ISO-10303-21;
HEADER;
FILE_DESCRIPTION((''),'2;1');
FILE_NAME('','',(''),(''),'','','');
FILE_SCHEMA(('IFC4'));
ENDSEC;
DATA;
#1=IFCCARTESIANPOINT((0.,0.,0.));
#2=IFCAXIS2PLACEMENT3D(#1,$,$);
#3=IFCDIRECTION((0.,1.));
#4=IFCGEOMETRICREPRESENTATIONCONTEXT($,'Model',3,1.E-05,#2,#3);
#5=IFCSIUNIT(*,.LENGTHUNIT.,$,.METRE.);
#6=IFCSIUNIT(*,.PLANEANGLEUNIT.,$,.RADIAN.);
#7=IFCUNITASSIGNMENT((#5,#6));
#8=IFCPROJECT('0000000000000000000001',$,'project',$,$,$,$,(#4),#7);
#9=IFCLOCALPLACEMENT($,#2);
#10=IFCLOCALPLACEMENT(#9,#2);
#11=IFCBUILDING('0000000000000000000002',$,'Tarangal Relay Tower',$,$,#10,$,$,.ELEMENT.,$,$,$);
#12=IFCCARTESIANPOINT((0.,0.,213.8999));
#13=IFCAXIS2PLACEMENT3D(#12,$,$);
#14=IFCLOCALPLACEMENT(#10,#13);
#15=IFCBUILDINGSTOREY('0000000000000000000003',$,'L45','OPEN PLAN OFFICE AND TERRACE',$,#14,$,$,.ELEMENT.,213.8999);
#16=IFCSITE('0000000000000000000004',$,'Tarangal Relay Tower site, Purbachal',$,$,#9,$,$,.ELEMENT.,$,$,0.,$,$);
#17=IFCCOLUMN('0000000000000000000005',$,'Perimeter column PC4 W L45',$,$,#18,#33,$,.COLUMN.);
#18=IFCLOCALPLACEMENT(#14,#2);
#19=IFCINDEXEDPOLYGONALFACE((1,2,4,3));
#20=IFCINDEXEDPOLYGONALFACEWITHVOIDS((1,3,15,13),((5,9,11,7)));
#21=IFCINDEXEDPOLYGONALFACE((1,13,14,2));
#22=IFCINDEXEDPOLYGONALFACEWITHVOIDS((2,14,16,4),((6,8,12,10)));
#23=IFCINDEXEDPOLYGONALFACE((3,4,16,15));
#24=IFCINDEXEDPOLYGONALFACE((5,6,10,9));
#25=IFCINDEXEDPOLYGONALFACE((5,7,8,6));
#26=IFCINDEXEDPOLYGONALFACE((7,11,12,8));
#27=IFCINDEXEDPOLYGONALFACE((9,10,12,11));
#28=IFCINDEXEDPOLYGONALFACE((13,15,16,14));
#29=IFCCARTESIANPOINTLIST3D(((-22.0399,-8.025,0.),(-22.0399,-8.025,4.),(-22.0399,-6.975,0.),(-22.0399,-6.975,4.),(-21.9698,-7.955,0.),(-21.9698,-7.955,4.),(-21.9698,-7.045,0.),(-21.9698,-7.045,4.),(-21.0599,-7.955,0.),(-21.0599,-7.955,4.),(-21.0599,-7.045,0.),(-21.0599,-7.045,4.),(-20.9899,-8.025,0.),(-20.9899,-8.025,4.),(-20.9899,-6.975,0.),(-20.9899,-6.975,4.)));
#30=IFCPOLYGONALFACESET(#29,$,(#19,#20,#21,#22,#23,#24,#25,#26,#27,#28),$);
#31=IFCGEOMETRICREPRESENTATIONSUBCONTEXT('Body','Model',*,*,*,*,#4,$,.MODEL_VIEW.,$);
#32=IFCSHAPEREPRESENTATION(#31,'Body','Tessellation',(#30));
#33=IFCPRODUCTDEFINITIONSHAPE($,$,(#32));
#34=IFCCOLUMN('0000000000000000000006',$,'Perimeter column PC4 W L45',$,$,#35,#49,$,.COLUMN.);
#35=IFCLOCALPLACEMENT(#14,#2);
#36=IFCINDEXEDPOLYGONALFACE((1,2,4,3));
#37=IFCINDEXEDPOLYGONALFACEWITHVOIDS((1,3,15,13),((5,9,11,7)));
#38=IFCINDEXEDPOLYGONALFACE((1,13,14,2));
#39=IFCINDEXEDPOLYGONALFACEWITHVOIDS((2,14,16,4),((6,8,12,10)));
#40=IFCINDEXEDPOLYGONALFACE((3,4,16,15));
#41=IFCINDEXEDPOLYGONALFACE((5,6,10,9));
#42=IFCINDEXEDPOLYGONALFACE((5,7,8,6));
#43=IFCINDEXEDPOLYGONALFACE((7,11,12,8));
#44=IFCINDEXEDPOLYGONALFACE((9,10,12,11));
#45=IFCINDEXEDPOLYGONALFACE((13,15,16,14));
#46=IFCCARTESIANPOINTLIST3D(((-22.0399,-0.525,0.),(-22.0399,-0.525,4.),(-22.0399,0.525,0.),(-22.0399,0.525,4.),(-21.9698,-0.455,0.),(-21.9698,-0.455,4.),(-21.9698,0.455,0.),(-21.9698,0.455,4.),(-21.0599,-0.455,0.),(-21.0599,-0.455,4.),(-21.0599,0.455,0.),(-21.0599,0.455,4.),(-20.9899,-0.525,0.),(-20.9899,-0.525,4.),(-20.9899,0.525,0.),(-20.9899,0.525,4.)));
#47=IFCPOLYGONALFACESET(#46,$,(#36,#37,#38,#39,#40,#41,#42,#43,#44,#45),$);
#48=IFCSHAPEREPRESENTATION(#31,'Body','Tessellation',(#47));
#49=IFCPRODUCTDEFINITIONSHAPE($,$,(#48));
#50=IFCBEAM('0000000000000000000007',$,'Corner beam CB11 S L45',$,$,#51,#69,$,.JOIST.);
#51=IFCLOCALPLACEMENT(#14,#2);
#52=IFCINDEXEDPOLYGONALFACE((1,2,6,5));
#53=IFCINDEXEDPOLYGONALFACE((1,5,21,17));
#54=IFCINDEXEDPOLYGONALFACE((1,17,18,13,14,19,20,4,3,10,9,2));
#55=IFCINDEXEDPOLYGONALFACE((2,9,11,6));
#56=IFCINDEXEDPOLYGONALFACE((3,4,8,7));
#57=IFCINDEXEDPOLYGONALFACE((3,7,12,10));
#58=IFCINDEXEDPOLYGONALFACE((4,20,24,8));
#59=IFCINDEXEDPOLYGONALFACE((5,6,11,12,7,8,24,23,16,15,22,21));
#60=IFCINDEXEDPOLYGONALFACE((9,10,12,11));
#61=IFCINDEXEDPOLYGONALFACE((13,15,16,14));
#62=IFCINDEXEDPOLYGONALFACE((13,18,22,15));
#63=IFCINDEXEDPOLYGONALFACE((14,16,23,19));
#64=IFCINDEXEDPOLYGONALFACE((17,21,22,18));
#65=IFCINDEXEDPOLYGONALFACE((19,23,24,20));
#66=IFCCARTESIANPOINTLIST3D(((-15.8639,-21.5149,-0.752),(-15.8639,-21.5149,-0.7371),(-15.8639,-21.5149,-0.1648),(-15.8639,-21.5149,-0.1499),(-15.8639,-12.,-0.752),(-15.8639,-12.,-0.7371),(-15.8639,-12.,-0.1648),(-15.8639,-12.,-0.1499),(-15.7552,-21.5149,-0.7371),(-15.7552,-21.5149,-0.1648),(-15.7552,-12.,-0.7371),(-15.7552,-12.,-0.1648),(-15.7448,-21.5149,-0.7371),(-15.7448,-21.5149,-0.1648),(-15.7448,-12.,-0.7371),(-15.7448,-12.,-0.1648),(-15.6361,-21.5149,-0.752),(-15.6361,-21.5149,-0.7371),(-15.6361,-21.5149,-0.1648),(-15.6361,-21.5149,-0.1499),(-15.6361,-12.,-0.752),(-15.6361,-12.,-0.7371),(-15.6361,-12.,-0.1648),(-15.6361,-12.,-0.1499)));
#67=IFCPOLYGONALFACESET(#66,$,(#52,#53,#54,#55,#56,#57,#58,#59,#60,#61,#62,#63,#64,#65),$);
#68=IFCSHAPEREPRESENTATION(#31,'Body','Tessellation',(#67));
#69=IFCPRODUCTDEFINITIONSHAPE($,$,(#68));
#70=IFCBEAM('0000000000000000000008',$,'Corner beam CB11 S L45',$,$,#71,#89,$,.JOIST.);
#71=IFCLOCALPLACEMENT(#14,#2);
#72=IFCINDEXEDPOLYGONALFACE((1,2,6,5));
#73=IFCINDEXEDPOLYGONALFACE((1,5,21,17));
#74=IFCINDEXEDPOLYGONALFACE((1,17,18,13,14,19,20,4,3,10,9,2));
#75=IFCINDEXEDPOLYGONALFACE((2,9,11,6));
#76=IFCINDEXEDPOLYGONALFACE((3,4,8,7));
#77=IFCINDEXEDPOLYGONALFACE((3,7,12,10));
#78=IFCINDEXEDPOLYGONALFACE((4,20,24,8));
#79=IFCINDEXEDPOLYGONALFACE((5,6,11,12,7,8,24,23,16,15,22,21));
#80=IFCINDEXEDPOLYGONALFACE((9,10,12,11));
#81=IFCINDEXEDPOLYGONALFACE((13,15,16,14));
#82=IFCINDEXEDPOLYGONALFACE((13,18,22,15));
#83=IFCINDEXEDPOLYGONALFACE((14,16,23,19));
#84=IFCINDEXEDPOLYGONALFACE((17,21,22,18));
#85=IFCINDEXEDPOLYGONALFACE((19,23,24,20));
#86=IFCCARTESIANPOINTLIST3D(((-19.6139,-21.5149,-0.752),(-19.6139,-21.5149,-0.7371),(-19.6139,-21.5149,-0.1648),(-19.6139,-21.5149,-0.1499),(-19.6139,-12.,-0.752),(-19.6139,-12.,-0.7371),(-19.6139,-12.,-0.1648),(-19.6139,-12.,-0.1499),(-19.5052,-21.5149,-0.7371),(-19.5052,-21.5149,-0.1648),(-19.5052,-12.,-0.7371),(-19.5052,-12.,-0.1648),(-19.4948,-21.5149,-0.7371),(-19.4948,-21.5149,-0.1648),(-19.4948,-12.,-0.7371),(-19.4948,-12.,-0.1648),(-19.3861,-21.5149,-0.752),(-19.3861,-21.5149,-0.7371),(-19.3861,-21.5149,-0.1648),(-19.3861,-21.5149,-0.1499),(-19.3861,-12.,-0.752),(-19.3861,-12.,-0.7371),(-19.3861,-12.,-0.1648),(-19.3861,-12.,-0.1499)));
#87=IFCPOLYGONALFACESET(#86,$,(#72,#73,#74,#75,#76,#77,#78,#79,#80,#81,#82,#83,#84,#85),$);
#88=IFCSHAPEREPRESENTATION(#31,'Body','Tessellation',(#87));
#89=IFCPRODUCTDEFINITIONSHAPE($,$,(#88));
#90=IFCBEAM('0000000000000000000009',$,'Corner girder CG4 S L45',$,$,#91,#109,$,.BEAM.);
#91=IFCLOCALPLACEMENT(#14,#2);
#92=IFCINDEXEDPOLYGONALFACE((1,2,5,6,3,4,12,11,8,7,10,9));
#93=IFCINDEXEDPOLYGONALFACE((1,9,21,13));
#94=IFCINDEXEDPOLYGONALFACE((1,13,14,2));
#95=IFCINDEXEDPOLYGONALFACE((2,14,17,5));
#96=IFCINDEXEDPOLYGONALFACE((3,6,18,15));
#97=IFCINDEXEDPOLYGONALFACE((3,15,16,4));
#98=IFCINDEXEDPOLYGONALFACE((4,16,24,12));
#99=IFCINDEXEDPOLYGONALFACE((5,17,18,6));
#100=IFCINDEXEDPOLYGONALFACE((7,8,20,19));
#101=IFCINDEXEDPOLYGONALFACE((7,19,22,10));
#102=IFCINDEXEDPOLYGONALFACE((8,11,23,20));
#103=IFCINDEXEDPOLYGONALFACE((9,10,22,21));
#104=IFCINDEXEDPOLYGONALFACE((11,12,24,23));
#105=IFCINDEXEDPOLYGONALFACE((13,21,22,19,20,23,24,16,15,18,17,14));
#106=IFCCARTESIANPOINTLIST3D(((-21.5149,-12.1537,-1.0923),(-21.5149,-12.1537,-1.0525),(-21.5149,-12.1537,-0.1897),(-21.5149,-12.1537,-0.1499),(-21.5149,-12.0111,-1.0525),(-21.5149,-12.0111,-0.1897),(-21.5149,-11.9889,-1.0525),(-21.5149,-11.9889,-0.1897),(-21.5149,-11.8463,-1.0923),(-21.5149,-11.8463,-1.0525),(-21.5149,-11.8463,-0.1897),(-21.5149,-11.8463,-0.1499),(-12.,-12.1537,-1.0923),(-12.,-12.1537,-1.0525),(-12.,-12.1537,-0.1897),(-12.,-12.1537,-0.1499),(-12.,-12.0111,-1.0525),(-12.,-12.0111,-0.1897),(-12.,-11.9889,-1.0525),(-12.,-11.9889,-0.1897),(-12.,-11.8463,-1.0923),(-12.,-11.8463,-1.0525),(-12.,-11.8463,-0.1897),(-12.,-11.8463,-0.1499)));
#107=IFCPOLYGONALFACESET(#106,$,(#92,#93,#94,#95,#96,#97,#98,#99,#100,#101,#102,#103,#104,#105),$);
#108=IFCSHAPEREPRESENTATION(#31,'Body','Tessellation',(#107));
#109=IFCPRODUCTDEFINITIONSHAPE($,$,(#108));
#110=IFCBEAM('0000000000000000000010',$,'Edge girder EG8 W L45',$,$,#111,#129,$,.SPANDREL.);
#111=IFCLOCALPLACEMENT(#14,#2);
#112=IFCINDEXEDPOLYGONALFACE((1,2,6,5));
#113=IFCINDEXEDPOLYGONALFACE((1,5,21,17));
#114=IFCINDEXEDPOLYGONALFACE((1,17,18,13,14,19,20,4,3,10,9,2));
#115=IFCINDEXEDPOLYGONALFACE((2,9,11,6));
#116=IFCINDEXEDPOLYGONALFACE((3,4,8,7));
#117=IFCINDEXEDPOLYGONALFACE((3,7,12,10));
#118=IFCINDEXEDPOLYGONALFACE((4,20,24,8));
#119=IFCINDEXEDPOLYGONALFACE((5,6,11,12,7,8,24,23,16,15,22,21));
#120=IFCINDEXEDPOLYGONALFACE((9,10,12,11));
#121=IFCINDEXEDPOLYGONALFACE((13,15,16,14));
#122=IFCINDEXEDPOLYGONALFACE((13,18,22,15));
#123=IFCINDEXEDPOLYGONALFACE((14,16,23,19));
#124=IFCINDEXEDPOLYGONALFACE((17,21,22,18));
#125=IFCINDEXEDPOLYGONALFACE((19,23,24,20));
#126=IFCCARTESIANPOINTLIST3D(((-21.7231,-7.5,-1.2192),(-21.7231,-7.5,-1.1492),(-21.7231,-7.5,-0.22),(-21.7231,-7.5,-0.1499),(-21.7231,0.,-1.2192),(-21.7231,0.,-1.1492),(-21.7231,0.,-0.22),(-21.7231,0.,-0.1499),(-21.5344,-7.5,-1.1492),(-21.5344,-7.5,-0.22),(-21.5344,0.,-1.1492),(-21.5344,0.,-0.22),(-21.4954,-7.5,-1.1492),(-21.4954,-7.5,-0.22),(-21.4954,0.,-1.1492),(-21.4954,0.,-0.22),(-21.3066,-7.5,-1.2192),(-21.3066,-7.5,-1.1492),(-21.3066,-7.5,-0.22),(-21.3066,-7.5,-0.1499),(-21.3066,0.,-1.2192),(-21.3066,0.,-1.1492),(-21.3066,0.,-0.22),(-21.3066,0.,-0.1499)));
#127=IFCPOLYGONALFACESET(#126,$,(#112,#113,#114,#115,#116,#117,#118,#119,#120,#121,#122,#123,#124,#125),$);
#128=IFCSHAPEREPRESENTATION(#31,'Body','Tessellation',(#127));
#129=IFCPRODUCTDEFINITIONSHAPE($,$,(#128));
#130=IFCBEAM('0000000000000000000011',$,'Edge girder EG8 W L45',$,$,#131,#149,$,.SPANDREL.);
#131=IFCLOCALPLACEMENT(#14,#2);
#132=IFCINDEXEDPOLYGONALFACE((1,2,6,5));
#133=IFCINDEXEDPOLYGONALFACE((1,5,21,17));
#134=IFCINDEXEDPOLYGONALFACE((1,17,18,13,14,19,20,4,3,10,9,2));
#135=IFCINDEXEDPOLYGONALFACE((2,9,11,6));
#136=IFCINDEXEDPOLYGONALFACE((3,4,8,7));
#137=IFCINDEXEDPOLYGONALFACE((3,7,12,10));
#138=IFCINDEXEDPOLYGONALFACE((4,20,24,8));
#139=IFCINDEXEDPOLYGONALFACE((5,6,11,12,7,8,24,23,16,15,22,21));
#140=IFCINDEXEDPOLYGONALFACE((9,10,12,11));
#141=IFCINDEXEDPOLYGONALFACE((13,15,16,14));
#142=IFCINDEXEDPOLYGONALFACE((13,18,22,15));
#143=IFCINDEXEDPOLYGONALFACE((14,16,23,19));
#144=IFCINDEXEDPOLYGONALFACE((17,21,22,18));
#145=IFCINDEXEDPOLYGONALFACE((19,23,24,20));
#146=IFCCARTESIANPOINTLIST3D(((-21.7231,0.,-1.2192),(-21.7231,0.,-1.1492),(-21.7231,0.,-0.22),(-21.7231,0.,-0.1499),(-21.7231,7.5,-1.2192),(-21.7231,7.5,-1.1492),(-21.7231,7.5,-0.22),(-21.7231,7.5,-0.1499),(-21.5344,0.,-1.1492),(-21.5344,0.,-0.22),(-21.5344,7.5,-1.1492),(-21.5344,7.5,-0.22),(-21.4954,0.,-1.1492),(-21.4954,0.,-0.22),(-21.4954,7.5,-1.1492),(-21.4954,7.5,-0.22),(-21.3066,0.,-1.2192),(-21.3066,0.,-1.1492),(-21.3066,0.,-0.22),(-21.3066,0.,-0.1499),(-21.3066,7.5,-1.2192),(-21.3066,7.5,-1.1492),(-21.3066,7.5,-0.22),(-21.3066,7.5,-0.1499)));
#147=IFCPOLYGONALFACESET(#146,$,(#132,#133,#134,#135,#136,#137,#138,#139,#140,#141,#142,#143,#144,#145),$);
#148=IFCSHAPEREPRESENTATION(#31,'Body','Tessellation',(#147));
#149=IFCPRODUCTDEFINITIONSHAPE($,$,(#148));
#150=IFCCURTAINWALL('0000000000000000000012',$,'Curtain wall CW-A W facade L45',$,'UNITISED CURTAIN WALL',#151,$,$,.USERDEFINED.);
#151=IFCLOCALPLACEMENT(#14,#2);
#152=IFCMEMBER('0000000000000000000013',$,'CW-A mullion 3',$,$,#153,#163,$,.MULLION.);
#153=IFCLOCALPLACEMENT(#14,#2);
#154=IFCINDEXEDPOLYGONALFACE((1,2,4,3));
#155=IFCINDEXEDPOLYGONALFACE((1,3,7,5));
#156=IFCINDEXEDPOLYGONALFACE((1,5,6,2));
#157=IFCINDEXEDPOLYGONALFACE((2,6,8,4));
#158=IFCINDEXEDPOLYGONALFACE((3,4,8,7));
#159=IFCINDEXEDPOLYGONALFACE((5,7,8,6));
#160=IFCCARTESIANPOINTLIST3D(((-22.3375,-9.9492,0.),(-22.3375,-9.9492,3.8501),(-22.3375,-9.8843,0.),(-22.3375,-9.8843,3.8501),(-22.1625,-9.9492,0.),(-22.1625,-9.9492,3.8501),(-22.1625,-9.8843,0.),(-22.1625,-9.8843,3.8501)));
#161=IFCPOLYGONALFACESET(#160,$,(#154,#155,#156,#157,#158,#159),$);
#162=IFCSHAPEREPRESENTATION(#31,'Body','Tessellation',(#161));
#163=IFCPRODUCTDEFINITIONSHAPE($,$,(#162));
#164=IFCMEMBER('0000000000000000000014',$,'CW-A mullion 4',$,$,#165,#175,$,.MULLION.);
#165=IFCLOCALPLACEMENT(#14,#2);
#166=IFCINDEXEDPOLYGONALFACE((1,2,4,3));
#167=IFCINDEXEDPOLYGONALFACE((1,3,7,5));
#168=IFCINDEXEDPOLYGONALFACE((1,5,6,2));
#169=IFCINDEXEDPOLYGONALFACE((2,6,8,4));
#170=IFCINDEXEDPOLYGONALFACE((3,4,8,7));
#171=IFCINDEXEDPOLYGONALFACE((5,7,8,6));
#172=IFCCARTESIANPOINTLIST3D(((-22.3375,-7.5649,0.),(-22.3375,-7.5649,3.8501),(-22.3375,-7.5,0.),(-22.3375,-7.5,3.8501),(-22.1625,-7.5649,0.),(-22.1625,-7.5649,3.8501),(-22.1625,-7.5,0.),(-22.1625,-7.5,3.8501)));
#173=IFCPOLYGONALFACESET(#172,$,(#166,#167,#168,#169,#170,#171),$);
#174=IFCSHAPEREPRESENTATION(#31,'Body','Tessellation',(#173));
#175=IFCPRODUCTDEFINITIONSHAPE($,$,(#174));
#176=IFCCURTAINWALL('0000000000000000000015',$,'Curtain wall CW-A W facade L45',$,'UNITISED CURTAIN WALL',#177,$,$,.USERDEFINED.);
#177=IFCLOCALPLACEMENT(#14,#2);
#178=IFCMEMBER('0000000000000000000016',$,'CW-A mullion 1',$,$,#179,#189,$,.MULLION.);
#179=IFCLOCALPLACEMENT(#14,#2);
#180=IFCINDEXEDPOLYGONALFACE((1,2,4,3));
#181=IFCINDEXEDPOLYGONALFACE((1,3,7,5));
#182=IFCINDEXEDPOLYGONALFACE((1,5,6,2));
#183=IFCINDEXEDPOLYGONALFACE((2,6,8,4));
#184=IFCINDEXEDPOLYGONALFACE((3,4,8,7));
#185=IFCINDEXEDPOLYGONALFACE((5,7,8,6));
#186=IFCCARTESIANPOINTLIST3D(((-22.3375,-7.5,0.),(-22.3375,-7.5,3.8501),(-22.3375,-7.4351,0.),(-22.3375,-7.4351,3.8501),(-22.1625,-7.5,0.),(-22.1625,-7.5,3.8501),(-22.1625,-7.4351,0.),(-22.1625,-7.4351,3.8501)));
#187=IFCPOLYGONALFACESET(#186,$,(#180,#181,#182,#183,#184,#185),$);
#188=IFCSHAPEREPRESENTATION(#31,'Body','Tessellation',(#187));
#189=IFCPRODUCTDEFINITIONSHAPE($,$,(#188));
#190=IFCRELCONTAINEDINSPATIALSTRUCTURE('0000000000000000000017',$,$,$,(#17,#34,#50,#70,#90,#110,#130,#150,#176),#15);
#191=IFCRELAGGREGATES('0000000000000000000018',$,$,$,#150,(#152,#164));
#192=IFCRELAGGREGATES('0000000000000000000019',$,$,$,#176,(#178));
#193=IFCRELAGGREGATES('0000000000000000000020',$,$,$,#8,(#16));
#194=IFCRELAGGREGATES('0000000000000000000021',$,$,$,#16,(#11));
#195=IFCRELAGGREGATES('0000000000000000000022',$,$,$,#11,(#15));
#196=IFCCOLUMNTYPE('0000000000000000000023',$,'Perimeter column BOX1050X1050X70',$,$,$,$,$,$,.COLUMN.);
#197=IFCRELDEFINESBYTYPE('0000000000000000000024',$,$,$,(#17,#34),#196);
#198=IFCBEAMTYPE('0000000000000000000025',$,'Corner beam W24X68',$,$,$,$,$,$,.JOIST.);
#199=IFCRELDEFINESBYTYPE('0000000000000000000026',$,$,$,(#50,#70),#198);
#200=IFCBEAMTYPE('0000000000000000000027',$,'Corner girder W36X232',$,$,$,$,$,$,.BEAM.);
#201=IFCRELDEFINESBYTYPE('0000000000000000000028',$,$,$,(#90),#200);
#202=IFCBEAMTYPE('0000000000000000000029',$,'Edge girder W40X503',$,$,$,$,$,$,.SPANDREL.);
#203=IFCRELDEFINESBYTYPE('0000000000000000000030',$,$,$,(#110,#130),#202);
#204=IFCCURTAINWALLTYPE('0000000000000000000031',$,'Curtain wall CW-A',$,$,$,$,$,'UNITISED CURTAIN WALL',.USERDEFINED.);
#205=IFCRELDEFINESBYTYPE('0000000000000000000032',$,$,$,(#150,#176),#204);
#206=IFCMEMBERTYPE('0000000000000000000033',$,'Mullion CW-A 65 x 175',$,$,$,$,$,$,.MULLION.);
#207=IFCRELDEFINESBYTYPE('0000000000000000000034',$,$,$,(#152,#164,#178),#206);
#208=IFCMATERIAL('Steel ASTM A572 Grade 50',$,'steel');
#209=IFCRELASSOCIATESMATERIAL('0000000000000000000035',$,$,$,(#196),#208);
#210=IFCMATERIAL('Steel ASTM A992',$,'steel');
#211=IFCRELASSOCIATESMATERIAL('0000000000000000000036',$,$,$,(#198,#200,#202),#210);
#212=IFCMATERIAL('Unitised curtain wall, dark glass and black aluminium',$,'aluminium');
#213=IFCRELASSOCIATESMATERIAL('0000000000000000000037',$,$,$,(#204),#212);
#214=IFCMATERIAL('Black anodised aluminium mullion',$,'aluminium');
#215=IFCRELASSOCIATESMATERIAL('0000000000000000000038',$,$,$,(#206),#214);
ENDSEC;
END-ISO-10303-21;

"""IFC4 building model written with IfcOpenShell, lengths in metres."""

from ifc_helpers import new_model, si_unit, direction, frame, origin, origin_2d, place, context, subcontext, project, spatial, rectangle, hollow_rectangle, i_section, extrude, material, material_profile, profile_set, type_object, element, aggregate, save


model = new_model("IFC4")

# Units and contexts
model_context = context("Model", 3, precision=1e-05, world=origin(), true_north=direction((0.0, 1.0)))
body_context = subcontext(model_context, "Body", "Model", "MODEL_VIEW")
ifc_project = project(units=[si_unit("LENGTHUNIT", "METRE"), si_unit("PLANEANGLEUNIT", "RADIAN")], contexts=[model_context])

# Site, building, storey
site_placement = place(None, origin())
site = spatial("IfcSite", under=ifc_project, at=site_placement, Name="Tarangal Relay Tower site, Purbachal", CompositionType="ELEMENT", RefElevation=0.0)
building_placement = place(site_placement, origin())
building = spatial("IfcBuilding", under=site, at=building_placement, Name="Tarangal Relay Tower", CompositionType="ELEMENT")
storey_placement = place(building_placement, frame((0.0, 0.0, 213.8999)))
storey = spatial("IfcBuildingStorey", under=building, at=storey_placement, Name="L45", Description="OPEN PLAN OFFICE AND TERRACE", CompositionType="ELEMENT", Elevation=213.8999)

# Columns
ifc_material_1 = material(Name="Steel ASTM A572 Grade 50", Category="steel")
ifc_material_profile_1 = material_profile(ifc_material_1, hollow_rectangle(XDim=1.05, YDim=1.05, WallThickness=0.0701, at=origin_2d()), Name="BOX1050X1050X70")
ifc_profile_set_1 = profile_set([ifc_material_profile_1], Name="Steel ASTM A572 Grade 50")
column_type = type_object("IfcColumnType", Name="Perimeter column BOX1050X1050X70", PredefinedType="COLUMN", material=ifc_profile_set_1)
for number, where, z_axis, x_axis, name in (
    (1, (-21.5149, -7.5, 0.0), (0.0, 0.0, 1.0), (1.0, 0.0, 0.0), "Perimeter column PC4 W L45"),
    (2, (-21.5149, 0.0, 0.0), (0.0, 0.0, 1.0), (1.0, 0.0, 0.0), "Perimeter column PC4 W L45"),
):
    element("IfcColumn", number, at=place(storey_placement, frame(where, z_axis=z_axis, x_axis=x_axis)), inside=storey, type_object=column_type, Name=name, PredefinedType="COLUMN", context=body_context, shape_type="SweptSolid", body=[
        extrude(hollow_rectangle(XDim=1.05, YDim=1.05, WallThickness=0.0701, at=origin_2d()), origin(), (0.0, 0.0, 1.0), 4.0),
    ])

# Beams
ifc_material_2 = material(Name="Steel ASTM A992", Category="steel")
ifc_material_profile_2 = material_profile(ifc_material_2, i_section(OverallWidth=0.2278, OverallDepth=0.6021, WebThickness=0.0105, FlangeThickness=0.0149, at=origin_2d()), Name="W24X68")
ifc_profile_set_2 = profile_set([ifc_material_profile_2], Name="Steel ASTM A992")
beam_type_1 = type_object("IfcBeamType", Name="Corner beam W24X68", PredefinedType="JOIST", material=ifc_profile_set_2)
for number, where, z_axis, x_axis, name in (
    (3, (-15.75, -12.0, -0.4509), (0.0, -1.0, 0.0), (1.0, 0.0, 0.0), "Corner beam CB11 S L45"),
    (4, (-19.5, -12.0, -0.4509), (0.0, -1.0, 0.0), (1.0, 0.0, 0.0), "Corner beam CB11 S L45"),
):
    element("IfcBeam", number, at=place(storey_placement, frame(where, z_axis=z_axis, x_axis=x_axis)), inside=storey, type_object=beam_type_1, Name=name, PredefinedType="JOIST", context=body_context, shape_type="SweptSolid", body=[
        extrude(i_section(OverallWidth=0.2278, OverallDepth=0.6021, WebThickness=0.0105, FlangeThickness=0.0149, at=origin_2d()), origin(), (0.0, 0.0, 1.0), 9.5149),
    ])
ifc_material_profile_3 = material_profile(ifc_material_2, i_section(OverallWidth=0.3074, OverallDepth=0.9424, WebThickness=0.0222, FlangeThickness=0.0398, at=origin_2d()), Name="W36X232")
ifc_profile_set_3 = profile_set([ifc_material_profile_3], Name="Steel ASTM A992")
beam_type_2 = type_object("IfcBeamType", Name="Corner girder W36X232", PredefinedType="BEAM", material=ifc_profile_set_3)
beam_placement = place(storey_placement, frame((-12.0, -12.0, -0.6211), z_axis=(-1.0, 0.0, 0.0), x_axis=(0.0, -1.0, 0.0)))
element("IfcBeam", 5, at=beam_placement, inside=storey, type_object=beam_type_2, Name="Corner girder CG4 S L45", PredefinedType="BEAM", context=body_context, shape_type="SweptSolid", body=[
    extrude(i_section(OverallWidth=0.3074, OverallDepth=0.9424, WebThickness=0.0222, FlangeThickness=0.0398, at=origin_2d()), origin(), (0.0, 0.0, 1.0), 9.5149),
])
ifc_material_profile_4 = material_profile(ifc_material_2, i_section(OverallWidth=0.4165, OverallDepth=1.0693, WebThickness=0.0391, FlangeThickness=0.0701, at=origin_2d()), Name="W40X503")
ifc_profile_set_4 = profile_set([ifc_material_profile_4], Name="Steel ASTM A992")
beam_type_3 = type_object("IfcBeamType", Name="Edge girder W40X503", PredefinedType="SPANDREL", material=ifc_profile_set_4)
for number, where, z_axis, x_axis, name in (
    (6, (-21.5149, -7.5, -0.6846), (0.0, 1.0, 0.0), (-1.0, 0.0, 0.0), "Edge girder EG8 W L45"),
    (7, (-21.5149, 0.0, -0.6846), (0.0, 1.0, 0.0), (-1.0, 0.0, 0.0), "Edge girder EG8 W L45"),
):
    element("IfcBeam", number, at=place(storey_placement, frame(where, z_axis=z_axis, x_axis=x_axis)), inside=storey, type_object=beam_type_3, Name=name, PredefinedType="SPANDREL", context=body_context, shape_type="SweptSolid", body=[
        extrude(i_section(OverallWidth=0.4165, OverallDepth=1.0693, WebThickness=0.0391, FlangeThickness=0.0701, at=origin_2d()), origin(), (0.0, 0.0, 1.0), 7.5),
    ])

# Curtain walls, members
ifc_material_3 = material(Name="Unitised curtain wall, dark glass and black aluminium", Category="aluminium")
curtain_wall_type = type_object("IfcCurtainWallType", Name="Curtain wall CW-A", ElementType="UNITISED CURTAIN WALL", PredefinedType="USERDEFINED", material=ifc_material_3)
curtain_wall_1_placement = place(storey_placement, origin())
curtain_wall_1 = element("IfcCurtainWall", 8, at=curtain_wall_1_placement, inside=storey, type_object=curtain_wall_type, Name="Curtain wall CW-A W facade L45", ObjectType="UNITISED CURTAIN WALL", PredefinedType="USERDEFINED")
ifc_material_4 = material(Name="Black anodised aluminium mullion", Category="aluminium")
ifc_material_profile_5 = material_profile(ifc_material_4, rectangle(XDim=0.175, YDim=0.0649, at=origin_2d()), Name="CW-AM 65X175")
ifc_profile_set_5 = profile_set([ifc_material_profile_5], Name="Black anodised aluminium mullion")
member_type_1 = type_object("IfcMemberType", Name="Mullion CW-A 65 x 175", PredefinedType="MULLION", material=ifc_profile_set_5)
member_1_placement = place(storey_placement, frame((-22.25, -9.9167, 0.0), z_axis=(0.0, 0.0, 1.0), x_axis=(-1.0, 0.0, 0.0)))
member_1 = element("IfcMember", 9, at=member_1_placement, type_object=member_type_1, Name="CW-A mullion 3", PredefinedType="MULLION", context=body_context, shape_type="SweptSolid", body=[
    extrude(rectangle(XDim=0.175, YDim=0.0649, at=origin_2d()), origin(), (0.0, 0.0, 1.0), 3.8501),
])
member_2_placement = place(storey_placement, frame((-22.25, -7.5325, 0.0), z_axis=(0.0, 0.0, 1.0), x_axis=(-1.0, 0.0, 0.0)))
member_2 = element("IfcMember", 10, at=member_2_placement, type_object=member_type_1, Name="CW-A mullion 4", PredefinedType="MULLION", context=body_context, shape_type="SweptSolid", body=[
    extrude(rectangle(XDim=0.175, YDim=0.0649, at=origin_2d()), origin(), (0.0, 0.0, 1.0), 3.8501),
])
curtain_wall_2_placement = place(storey_placement, origin())
curtain_wall_2 = element("IfcCurtainWall", 11, at=curtain_wall_2_placement, inside=storey, type_object=curtain_wall_type, Name="Curtain wall CW-A W facade L45", ObjectType="UNITISED CURTAIN WALL", PredefinedType="USERDEFINED")
member_3_placement = place(storey_placement, frame((-22.25, -7.4675, 0.0), z_axis=(0.0, 0.0, 1.0), x_axis=(-1.0, 0.0, 0.0)))
member_3 = element("IfcMember", 12, at=member_3_placement, type_object=member_type_1, Name="CW-A mullion 1", PredefinedType="MULLION", context=body_context, shape_type="SweptSolid", body=[
    extrude(rectangle(XDim=0.175, YDim=0.0649, at=origin_2d()), origin(), (0.0, 0.0, 1.0), 3.8501),
])

aggregate(curtain_wall_1, [member_1, member_2])
aggregate(curtain_wall_2, [member_3])

save(model, "model.ifc")
